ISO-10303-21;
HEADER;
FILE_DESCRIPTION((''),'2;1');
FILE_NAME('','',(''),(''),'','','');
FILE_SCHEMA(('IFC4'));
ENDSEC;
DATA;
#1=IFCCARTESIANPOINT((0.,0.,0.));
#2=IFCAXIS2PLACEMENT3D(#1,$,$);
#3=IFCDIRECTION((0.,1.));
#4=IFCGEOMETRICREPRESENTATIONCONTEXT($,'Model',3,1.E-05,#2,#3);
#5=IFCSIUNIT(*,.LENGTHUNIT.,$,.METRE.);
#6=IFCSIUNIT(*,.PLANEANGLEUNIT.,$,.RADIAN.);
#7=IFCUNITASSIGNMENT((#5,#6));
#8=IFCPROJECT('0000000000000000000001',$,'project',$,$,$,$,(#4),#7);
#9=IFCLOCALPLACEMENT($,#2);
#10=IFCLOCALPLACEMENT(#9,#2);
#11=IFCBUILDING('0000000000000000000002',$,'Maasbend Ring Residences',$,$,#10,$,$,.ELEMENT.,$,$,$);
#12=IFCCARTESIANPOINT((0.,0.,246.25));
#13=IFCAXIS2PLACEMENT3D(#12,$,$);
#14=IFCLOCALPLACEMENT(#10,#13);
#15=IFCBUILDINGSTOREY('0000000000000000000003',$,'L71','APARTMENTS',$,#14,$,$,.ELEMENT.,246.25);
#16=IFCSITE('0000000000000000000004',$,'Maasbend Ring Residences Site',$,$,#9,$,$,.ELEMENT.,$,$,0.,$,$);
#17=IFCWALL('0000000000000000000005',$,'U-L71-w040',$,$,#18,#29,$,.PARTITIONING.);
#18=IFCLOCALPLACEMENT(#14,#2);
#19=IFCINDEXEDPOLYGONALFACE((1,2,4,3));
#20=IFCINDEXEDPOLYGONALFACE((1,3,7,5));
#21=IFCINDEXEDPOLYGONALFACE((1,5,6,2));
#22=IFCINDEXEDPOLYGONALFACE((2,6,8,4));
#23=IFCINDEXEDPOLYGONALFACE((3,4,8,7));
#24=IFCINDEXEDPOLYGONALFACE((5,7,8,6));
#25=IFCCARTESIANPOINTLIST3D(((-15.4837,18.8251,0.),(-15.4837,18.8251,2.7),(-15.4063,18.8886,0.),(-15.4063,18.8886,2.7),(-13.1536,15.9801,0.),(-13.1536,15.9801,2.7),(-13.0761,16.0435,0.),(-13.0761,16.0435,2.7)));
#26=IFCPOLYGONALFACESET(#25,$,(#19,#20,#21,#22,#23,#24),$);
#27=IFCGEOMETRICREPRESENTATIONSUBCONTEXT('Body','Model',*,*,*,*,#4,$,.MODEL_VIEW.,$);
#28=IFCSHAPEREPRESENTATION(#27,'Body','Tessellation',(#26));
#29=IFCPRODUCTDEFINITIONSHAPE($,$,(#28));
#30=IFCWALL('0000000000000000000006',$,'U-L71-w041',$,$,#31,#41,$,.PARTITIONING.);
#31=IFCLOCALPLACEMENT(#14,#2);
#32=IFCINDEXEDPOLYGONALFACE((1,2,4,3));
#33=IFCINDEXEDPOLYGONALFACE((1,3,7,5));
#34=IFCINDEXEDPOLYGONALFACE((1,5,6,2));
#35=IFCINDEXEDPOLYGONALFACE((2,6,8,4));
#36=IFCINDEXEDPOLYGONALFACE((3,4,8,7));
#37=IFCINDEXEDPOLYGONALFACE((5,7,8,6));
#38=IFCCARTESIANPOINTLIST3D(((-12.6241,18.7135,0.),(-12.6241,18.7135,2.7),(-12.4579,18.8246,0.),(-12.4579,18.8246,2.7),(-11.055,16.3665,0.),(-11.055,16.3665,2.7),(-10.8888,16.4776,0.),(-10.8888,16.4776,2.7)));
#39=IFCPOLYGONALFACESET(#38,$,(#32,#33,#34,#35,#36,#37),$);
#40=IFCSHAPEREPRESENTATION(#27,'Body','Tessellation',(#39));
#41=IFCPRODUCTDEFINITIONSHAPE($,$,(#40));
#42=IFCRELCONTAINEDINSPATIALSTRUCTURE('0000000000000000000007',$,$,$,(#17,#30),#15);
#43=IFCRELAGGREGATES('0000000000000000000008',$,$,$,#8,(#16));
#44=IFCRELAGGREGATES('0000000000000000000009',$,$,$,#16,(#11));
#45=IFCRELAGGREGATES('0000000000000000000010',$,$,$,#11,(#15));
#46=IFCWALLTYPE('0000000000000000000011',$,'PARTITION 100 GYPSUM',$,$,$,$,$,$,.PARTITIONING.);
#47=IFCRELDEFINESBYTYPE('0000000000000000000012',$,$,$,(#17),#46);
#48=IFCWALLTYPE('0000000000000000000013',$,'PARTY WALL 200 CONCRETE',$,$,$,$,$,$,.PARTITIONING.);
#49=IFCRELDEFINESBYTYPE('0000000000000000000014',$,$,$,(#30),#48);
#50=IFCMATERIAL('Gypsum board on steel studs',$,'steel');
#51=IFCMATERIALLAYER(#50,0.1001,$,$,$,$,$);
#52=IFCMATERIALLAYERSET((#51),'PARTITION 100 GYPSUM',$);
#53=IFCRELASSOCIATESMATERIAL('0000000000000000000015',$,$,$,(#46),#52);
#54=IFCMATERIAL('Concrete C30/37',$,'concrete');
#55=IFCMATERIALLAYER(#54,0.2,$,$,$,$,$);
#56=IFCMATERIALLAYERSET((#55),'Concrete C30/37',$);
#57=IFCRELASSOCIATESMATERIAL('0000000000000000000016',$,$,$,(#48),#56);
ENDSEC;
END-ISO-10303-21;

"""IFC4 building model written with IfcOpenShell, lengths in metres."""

from ifc_helpers import new_model, si_unit, direction, frame, frame_2d, origin, place, context, subcontext, project, spatial, rectangle, extrude, material, layer, layer_set, type_object, element, save


model = new_model("IFC4")

# Units and contexts
model_context = context("Model", 3, precision=1e-05, world=origin(), true_north=direction((0.0, 1.0)))
body_context = subcontext(model_context, "Body", "Model", "MODEL_VIEW")
ifc_project = project(units=[si_unit("LENGTHUNIT", "METRE"), si_unit("PLANEANGLEUNIT", "RADIAN")], contexts=[model_context])

# Site, building, storey
site_placement = place(None, origin())
site = spatial("IfcSite", under=ifc_project, at=site_placement, Name="Maasbend Ring Residences Site", CompositionType="ELEMENT", RefElevation=0.0)
building_placement = place(site_placement, origin())
building = spatial("IfcBuilding", under=site, at=building_placement, Name="Maasbend Ring Residences", CompositionType="ELEMENT")
storey_placement = place(building_placement, frame((0.0, 0.0, 246.25)))
storey = spatial("IfcBuildingStorey", under=building, at=storey_placement, Name="L71", Description="APARTMENTS", CompositionType="ELEMENT", Elevation=246.25)

# Walls
ifc_material_1 = material(Name="Gypsum board on steel studs", Category="steel")
ifc_layer_1 = layer(ifc_material_1, 0.1001)
ifc_layer_set_1 = layer_set([ifc_layer_1], Name="PARTITION 100 GYPSUM")
wall_type_1 = type_object("IfcWallType", Name="PARTITION 100 GYPSUM", PredefinedType="PARTITIONING", material=ifc_layer_set_1)
wall_1_placement = place(storey_placement, frame((-15.4451, 18.8569, 0.0), z_axis=(0.0, 0.0, 1.0), x_axis=(0.633625, -0.773641, 0.0)))
element("IfcWall", 1, at=wall_1_placement, inside=storey, type_object=wall_type_1, Name="U-L71-w040", PredefinedType="PARTITIONING", context=body_context, shape_type="SweptSolid", body=[
    extrude(rectangle(XDim=3.6775, YDim=0.1001, at=frame_2d((1.8389, 0.0))), origin(), (0.0, 0.0, 1.0), 2.7),
])
ifc_material_2 = material(Name="Concrete C30/37", Category="concrete")
ifc_layer_2 = layer(ifc_material_2, 0.2)
ifc_layer_set_2 = layer_set([ifc_layer_2], Name="Concrete C30/37")
wall_type_2 = type_object("IfcWallType", Name="PARTY WALL 200 CONCRETE", PredefinedType="PARTITIONING", material=ifc_layer_set_2)
wall_2_placement = place(storey_placement, frame((-12.541, 18.769, 0.0), z_axis=(0.0, 0.0, 1.0), x_axis=(0.555797, -0.831318, 0.0)))
element("IfcWall", 2, at=wall_2_placement, inside=storey, type_object=wall_type_2, Name="U-L71-w041", PredefinedType="PARTITIONING", context=body_context, shape_type="SweptSolid", body=[
    extrude(rectangle(XDim=2.8232, YDim=0.2, at=frame_2d((1.4116, 0.0))), origin(), (0.0, 0.0, 1.0), 2.7),
])

save(model, "model.ifc")
